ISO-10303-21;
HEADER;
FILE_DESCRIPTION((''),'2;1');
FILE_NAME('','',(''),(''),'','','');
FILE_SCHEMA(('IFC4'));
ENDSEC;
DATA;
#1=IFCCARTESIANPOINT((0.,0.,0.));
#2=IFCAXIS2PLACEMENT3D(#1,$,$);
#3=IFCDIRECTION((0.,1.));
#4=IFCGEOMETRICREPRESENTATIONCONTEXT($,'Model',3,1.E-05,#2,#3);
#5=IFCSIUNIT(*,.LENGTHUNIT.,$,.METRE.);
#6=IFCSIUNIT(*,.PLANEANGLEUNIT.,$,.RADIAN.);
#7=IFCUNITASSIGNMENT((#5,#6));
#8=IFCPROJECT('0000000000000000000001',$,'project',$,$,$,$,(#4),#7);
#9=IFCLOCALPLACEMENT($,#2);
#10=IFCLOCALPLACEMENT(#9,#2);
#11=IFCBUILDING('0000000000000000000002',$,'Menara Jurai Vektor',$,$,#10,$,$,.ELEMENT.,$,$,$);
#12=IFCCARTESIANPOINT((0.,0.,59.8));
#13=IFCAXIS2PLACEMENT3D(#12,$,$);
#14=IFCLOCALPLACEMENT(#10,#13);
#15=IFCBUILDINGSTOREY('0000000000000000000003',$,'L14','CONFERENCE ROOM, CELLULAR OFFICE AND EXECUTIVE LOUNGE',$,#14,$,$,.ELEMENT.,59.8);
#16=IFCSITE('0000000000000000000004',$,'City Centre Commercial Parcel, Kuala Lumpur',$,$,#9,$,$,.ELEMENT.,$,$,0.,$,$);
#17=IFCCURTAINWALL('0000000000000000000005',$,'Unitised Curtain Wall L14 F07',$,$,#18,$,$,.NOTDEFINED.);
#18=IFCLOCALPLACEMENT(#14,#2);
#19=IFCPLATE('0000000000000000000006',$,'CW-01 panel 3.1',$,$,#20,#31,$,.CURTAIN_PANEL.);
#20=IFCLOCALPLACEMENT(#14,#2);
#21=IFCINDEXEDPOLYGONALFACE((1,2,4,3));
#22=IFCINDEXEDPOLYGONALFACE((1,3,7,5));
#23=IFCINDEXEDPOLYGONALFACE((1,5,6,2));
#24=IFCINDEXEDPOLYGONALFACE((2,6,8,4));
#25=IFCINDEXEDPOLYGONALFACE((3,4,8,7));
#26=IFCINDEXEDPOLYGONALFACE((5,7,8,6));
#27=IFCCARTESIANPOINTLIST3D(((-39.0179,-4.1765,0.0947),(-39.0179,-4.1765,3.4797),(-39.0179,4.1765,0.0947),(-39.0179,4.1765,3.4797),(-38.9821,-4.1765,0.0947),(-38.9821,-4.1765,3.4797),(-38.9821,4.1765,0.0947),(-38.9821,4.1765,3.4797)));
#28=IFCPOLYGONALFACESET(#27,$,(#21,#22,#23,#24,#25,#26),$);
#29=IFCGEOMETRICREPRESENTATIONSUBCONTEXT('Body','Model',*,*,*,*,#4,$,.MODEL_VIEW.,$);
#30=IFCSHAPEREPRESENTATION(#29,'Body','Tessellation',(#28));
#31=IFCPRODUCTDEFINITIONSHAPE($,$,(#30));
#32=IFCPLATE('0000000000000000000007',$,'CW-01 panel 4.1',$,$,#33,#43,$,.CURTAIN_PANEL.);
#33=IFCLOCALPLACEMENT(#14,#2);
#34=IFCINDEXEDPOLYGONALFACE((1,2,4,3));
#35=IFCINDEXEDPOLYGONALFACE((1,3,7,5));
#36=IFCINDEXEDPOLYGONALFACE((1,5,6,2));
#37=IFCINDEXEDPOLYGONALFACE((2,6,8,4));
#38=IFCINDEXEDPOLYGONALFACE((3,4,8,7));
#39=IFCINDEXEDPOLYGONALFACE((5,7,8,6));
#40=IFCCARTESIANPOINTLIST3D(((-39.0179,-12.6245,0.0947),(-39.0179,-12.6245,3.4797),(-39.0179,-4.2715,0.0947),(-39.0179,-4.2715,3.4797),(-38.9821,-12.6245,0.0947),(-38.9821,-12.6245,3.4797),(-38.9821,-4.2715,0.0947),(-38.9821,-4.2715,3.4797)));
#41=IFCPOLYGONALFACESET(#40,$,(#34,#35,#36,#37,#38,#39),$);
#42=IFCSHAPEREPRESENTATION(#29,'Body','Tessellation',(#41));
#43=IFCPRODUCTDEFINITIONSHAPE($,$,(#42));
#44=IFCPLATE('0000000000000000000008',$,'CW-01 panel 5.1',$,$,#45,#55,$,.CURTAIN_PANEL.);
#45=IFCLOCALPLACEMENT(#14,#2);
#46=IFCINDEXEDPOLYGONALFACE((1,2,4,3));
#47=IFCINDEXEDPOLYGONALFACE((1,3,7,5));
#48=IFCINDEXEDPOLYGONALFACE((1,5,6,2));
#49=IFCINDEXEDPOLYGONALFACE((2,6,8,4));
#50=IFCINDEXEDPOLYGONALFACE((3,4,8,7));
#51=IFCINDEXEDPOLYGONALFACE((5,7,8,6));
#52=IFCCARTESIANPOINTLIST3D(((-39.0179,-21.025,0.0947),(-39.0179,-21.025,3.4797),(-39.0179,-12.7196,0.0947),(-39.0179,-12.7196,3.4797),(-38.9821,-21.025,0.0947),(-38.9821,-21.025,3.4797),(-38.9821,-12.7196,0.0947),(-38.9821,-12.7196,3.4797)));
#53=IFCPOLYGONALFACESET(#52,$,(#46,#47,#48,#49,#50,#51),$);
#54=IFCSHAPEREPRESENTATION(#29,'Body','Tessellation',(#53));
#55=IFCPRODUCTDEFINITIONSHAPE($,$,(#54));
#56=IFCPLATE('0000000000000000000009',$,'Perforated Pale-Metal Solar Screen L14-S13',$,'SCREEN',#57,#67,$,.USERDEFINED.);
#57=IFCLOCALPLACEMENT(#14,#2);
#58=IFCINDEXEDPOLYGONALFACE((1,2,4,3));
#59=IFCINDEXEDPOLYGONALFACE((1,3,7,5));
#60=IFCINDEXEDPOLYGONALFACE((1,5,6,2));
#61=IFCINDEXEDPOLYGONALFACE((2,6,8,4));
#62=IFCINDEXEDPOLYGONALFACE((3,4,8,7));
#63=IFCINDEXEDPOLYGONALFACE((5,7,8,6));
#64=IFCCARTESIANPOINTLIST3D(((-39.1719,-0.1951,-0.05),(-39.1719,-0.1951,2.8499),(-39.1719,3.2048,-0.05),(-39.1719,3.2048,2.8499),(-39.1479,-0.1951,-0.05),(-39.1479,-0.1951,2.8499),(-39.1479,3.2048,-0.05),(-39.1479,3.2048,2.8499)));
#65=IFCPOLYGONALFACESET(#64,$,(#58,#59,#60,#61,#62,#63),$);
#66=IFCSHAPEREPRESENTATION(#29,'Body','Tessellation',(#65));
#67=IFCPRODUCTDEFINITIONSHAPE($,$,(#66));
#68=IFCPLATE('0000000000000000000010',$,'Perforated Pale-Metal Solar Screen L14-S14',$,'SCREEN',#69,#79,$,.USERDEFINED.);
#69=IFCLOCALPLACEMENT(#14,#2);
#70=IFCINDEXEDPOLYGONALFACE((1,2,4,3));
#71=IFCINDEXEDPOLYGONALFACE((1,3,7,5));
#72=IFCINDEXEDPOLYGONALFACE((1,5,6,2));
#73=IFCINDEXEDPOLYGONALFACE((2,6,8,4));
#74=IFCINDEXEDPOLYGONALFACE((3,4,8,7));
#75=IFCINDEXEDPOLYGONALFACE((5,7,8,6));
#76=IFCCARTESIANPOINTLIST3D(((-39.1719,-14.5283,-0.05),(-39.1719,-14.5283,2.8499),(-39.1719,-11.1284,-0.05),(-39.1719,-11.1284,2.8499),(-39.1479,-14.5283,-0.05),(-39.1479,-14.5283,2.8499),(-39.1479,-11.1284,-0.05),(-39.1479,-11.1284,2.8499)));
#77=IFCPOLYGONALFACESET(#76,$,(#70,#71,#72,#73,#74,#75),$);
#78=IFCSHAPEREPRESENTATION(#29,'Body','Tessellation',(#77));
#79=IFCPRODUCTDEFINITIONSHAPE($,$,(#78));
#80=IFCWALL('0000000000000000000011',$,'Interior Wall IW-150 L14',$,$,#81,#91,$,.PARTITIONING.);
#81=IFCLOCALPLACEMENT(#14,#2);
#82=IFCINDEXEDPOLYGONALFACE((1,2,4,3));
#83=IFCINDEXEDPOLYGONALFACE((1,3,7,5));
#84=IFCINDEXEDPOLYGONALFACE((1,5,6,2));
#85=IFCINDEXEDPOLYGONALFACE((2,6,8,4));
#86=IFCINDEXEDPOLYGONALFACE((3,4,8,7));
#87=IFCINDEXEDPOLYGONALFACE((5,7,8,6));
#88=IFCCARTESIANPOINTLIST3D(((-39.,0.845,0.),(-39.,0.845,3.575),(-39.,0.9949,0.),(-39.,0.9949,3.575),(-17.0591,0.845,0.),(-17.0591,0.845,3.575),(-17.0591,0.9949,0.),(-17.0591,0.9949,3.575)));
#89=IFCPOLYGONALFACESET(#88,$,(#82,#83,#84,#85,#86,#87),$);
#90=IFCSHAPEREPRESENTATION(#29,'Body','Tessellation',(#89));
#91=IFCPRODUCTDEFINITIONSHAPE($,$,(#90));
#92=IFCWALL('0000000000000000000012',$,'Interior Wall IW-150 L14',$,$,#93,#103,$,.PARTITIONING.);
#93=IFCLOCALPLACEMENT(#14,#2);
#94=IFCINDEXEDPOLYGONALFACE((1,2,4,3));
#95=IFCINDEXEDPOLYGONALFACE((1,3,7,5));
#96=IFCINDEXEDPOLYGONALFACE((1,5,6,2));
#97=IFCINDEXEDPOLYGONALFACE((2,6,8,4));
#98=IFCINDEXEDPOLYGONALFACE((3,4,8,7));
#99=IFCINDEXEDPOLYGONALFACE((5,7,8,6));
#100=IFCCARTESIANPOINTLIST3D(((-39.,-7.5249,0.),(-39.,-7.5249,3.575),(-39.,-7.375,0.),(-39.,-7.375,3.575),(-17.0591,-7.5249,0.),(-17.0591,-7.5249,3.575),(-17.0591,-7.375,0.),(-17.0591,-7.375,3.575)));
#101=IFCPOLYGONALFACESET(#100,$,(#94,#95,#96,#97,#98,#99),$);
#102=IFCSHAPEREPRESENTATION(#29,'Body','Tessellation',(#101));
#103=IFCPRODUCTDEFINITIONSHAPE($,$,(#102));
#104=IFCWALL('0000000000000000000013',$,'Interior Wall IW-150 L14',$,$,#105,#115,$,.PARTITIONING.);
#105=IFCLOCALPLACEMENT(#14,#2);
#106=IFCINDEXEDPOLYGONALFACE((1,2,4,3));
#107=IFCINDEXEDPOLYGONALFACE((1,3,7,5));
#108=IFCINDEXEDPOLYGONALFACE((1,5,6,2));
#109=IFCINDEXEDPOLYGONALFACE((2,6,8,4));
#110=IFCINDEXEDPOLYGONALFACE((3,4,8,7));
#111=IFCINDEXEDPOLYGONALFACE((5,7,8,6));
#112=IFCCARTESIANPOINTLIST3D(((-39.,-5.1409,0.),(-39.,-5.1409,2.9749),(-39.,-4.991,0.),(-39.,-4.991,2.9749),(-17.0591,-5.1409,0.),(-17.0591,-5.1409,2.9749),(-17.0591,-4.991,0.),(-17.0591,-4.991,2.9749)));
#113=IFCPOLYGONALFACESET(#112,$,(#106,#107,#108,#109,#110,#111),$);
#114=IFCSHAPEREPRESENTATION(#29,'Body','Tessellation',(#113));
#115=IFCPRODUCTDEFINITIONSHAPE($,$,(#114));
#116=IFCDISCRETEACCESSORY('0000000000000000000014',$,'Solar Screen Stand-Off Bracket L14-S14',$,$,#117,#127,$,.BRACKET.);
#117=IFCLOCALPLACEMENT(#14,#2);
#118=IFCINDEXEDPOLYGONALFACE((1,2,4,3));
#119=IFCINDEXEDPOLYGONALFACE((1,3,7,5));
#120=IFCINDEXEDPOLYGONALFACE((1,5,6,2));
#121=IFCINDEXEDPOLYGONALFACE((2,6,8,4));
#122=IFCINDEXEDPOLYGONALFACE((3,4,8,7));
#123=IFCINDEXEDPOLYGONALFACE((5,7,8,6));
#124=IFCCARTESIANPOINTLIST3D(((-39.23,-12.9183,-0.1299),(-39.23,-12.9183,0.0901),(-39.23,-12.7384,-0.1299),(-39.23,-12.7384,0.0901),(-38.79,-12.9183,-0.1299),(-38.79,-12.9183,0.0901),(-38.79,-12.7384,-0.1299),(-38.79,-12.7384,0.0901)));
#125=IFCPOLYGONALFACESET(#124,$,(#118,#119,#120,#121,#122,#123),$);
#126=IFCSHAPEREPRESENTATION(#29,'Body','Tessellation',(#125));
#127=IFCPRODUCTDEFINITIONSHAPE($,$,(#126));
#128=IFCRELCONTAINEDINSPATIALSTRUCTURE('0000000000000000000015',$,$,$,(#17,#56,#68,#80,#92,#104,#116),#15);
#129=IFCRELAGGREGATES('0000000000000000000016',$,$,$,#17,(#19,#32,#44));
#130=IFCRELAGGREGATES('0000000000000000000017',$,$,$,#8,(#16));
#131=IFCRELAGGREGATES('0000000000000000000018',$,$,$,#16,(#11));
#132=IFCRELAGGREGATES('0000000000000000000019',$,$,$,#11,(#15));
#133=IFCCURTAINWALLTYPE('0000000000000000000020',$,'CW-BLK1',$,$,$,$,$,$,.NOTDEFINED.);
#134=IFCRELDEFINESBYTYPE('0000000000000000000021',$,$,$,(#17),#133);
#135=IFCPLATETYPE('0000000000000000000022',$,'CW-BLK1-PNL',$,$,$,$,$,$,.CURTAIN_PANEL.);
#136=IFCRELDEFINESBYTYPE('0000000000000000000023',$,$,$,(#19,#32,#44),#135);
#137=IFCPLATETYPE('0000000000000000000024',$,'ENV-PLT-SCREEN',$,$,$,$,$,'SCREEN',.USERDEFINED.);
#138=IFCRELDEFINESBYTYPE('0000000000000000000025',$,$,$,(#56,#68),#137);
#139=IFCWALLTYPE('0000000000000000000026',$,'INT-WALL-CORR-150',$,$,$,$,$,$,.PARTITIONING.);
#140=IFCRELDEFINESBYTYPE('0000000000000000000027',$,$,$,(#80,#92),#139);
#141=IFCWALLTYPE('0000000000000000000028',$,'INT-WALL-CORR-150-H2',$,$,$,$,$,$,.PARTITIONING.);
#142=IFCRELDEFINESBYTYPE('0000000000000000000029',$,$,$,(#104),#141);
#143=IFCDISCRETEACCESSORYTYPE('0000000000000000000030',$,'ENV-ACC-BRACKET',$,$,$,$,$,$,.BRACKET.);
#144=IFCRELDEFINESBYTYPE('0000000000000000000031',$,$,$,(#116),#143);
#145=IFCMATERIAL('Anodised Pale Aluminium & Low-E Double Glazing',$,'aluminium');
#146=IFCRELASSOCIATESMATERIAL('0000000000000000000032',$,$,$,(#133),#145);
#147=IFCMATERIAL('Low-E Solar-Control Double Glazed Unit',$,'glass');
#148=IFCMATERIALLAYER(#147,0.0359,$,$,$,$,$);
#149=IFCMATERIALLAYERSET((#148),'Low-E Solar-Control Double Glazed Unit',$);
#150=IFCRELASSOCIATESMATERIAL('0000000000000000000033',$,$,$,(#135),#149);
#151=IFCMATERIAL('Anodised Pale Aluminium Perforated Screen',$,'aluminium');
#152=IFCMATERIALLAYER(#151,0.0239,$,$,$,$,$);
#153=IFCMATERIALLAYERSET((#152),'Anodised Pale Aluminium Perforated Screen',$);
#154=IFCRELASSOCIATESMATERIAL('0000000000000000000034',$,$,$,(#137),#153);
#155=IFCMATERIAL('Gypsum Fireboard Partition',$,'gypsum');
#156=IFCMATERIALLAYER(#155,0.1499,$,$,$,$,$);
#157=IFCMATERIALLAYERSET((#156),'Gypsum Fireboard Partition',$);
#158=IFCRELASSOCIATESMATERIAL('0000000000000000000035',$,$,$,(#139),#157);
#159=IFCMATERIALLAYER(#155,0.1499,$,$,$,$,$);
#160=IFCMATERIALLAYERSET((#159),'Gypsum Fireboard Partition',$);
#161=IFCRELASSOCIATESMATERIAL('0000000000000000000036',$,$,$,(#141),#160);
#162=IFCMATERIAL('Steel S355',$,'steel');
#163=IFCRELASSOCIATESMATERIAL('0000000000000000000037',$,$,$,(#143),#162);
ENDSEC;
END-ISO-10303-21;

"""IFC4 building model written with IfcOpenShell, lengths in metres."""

from ifc_helpers import new_model, si_unit, direction, frame, frame_2d, origin, origin_2d, place, context, subcontext, project, spatial, rectangle, extrude, material, layer, layer_set, type_object, element, aggregate, save


model = new_model("IFC4")

# Units and contexts
model_context = context("Model", 3, precision=1e-05, world=origin(), true_north=direction((0.0, 1.0)))
body_context = subcontext(model_context, "Body", "Model", "MODEL_VIEW")
ifc_project = project(units=[si_unit("LENGTHUNIT", "METRE"), si_unit("PLANEANGLEUNIT", "RADIAN")], contexts=[model_context])

# Site, building, storey
site_placement = place(None, origin())
site = spatial("IfcSite", under=ifc_project, at=site_placement, Name="City Centre Commercial Parcel, Kuala Lumpur", CompositionType="ELEMENT", RefElevation=0.0)
building_placement = place(site_placement, origin())
building = spatial("IfcBuilding", under=site, at=building_placement, Name="Menara Jurai Vektor", CompositionType="ELEMENT")
storey_placement = place(building_placement, frame((0.0, 0.0, 59.8)))
storey = spatial("IfcBuildingStorey", under=building, at=storey_placement, Name="L14", Description="CONFERENCE ROOM, CELLULAR OFFICE AND EXECUTIVE LOUNGE", CompositionType="ELEMENT", Elevation=59.8)

# Curtain wall
ifc_material_1 = material(Name="Anodised Pale Aluminium & Low-E Double Glazing", Category="aluminium")
curtain_wall_type = type_object("IfcCurtainWallType", Name="CW-BLK1", PredefinedType="NOTDEFINED", material=ifc_material_1)
curtain_wall_placement = place(storey_placement, origin())
curtain_wall = element("IfcCurtainWall", 1, at=curtain_wall_placement, inside=storey, type_object=curtain_wall_type, Name="Unitised Curtain Wall L14 F07", PredefinedType="NOTDEFINED")

# Shared definitions
ifc_material_2 = material(Name="Steel S355", Category="steel")

# Plates
ifc_material_3 = material(Name="Low-E Solar-Control Double Glazed Unit", Category="glass")
ifc_layer_1 = layer(ifc_material_3, 0.0359)
ifc_layer_set_1 = layer_set([ifc_layer_1], Name="Low-E Solar-Control Double Glazed Unit")
plate_type_1 = type_object("IfcPlateType", Name="CW-BLK1-PNL", PredefinedType="CURTAIN_PANEL", material=ifc_layer_set_1)
plate_1_placement = place(storey_placement, frame((-39.0, 0.0, 0.0947), z_axis=(0.0, 0.0, 1.0), x_axis=(0.0, -1.0, 0.0)))
plate_1 = element("IfcPlate", 2, at=plate_1_placement, type_object=plate_type_1, Name="CW-01 panel 3.1", PredefinedType="CURTAIN_PANEL", context=body_context, shape_type="SweptSolid", body=[
    extrude(rectangle(XDim=8.353, YDim=0.0359, at=origin_2d()), origin(), (0.0, 0.0, 1.0), 3.385),
])
plate_2_placement = place(storey_placement, frame((-39.0, -8.448, 0.0947), z_axis=(0.0, 0.0, 1.0), x_axis=(0.0, -1.0, 0.0)))
plate_2 = element("IfcPlate", 3, at=plate_2_placement, type_object=plate_type_1, Name="CW-01 panel 4.1", PredefinedType="CURTAIN_PANEL", context=body_context, shape_type="SweptSolid", body=[
    extrude(rectangle(XDim=8.353, YDim=0.0359, at=origin_2d()), origin(), (0.0, 0.0, 1.0), 3.385),
])
plate_3_placement = place(storey_placement, frame((-39.0, -16.8723, 0.0947), z_axis=(0.0, 0.0, 1.0), x_axis=(0.0, -1.0, 0.0)))
plate_3 = element("IfcPlate", 4, at=plate_3_placement, type_object=plate_type_1, Name="CW-01 panel 5.1", PredefinedType="CURTAIN_PANEL", context=body_context, shape_type="SweptSolid", body=[
    extrude(rectangle(XDim=8.3054, YDim=0.0359, at=origin_2d()), origin(), (0.0, 0.0, 1.0), 3.385),
])
aggregate(curtain_wall, [plate_1, plate_2, plate_3])

# Plates
ifc_material_4 = material(Name="Anodised Pale Aluminium Perforated Screen", Category="aluminium")
ifc_layer_2 = layer(ifc_material_4, 0.0239)
ifc_layer_set_2 = layer_set([ifc_layer_2], Name="Anodised Pale Aluminium Perforated Screen")
plate_type_2 = type_object("IfcPlateType", Name="ENV-PLT-SCREEN", ElementType="SCREEN", PredefinedType="USERDEFINED", material=ifc_layer_set_2)
for number, where, z_axis, x_axis, name in (
    (5, (-39.1599, 1.5049, -0.05), (0.0, 0.0, 1.0), (0.0, -1.0, 0.0), "Perforated Pale-Metal Solar Screen L14-S13"),
    (6, (-39.1599, -12.8284, -0.05), (0.0, 0.0, 1.0), (0.0, -1.0, 0.0), "Perforated Pale-Metal Solar Screen L14-S14"),
):
    element("IfcPlate", number, at=place(storey_placement, frame(where, z_axis=z_axis, x_axis=x_axis)), inside=storey, type_object=plate_type_2, Name=name, ObjectType="SCREEN", PredefinedType="USERDEFINED", context=body_context, shape_type="SweptSolid", body=[
        extrude(rectangle(XDim=3.3999, YDim=0.0239, at=origin_2d()), origin(), (0.0, 0.0, 1.0), 2.8999),
    ])

# Walls
ifc_material_5 = material(Name="Gypsum Fireboard Partition", Category="gypsum")
ifc_layer_3 = layer(ifc_material_5, 0.1499)
ifc_layer_set_3 = layer_set([ifc_layer_3], Name="Gypsum Fireboard Partition")
wall_type_1 = type_object("IfcWallType", Name="INT-WALL-CORR-150", PredefinedType="PARTITIONING", material=ifc_layer_set_3)
for number, where, z_axis, x_axis, name in (
    (7, (-39.0, 0.9199, 0.0), (0.0, 0.0, 1.0), (1.0, 0.0, 0.0), "Interior Wall IW-150 L14"),
    (8, (-39.0, -7.45, 0.0), (0.0, 0.0, 1.0), (1.0, 0.0, 0.0), "Interior Wall IW-150 L14"),
):
    element("IfcWall", number, at=place(storey_placement, frame(where, z_axis=z_axis, x_axis=x_axis)), inside=storey, type_object=wall_type_1, Name=name, PredefinedType="PARTITIONING", context=body_context, shape_type="SweptSolid", body=[
        extrude(rectangle(XDim=21.9409, YDim=0.1499, at=frame_2d((10.9705, 0.0))), origin(), (0.0, 0.0, 1.0), 3.575),
    ])
ifc_layer_4 = layer(ifc_material_5, 0.1499)
ifc_layer_set_4 = layer_set([ifc_layer_4], Name="Gypsum Fireboard Partition")
wall_type_2 = type_object("IfcWallType", Name="INT-WALL-CORR-150-H2", PredefinedType="PARTITIONING", material=ifc_layer_set_4)
wall_placement = place(storey_placement, frame((-39.0, -5.0659, 0.0), z_axis=(0.0, 0.0, 1.0), x_axis=(1.0, 0.0, 0.0)))
element("IfcWall", 9, at=wall_placement, inside=storey, type_object=wall_type_2, Name="Interior Wall IW-150 L14", PredefinedType="PARTITIONING", context=body_context, shape_type="SweptSolid", body=[
    extrude(rectangle(XDim=21.9409, YDim=0.1499, at=frame_2d((10.9705, 0.0))), origin(), (0.0, 0.0, 1.0), 2.9749),
])

# Discrete accessory
discrete_accessory_type = type_object("IfcDiscreteAccessoryType", Name="ENV-ACC-BRACKET", PredefinedType="BRACKET", material=ifc_material_2)
discrete_accessory_placement = place(storey_placement, frame((-39.01, -12.8284, -0.1299), z_axis=(0.0, 0.0, 1.0), x_axis=(0.0, -1.0, 0.0)))
element("IfcDiscreteAccessory", 10, at=discrete_accessory_placement, inside=storey, type_object=discrete_accessory_type, Name="Solar Screen Stand-Off Bracket L14-S14", PredefinedType="BRACKET", context=body_context, shape_type="SweptSolid", body=[
    extrude(rectangle(XDim=0.1799, YDim=0.4399, at=origin_2d()), origin(), (0.0, 0.0, 1.0), 0.22),
])

save(model, "model.ifc")
